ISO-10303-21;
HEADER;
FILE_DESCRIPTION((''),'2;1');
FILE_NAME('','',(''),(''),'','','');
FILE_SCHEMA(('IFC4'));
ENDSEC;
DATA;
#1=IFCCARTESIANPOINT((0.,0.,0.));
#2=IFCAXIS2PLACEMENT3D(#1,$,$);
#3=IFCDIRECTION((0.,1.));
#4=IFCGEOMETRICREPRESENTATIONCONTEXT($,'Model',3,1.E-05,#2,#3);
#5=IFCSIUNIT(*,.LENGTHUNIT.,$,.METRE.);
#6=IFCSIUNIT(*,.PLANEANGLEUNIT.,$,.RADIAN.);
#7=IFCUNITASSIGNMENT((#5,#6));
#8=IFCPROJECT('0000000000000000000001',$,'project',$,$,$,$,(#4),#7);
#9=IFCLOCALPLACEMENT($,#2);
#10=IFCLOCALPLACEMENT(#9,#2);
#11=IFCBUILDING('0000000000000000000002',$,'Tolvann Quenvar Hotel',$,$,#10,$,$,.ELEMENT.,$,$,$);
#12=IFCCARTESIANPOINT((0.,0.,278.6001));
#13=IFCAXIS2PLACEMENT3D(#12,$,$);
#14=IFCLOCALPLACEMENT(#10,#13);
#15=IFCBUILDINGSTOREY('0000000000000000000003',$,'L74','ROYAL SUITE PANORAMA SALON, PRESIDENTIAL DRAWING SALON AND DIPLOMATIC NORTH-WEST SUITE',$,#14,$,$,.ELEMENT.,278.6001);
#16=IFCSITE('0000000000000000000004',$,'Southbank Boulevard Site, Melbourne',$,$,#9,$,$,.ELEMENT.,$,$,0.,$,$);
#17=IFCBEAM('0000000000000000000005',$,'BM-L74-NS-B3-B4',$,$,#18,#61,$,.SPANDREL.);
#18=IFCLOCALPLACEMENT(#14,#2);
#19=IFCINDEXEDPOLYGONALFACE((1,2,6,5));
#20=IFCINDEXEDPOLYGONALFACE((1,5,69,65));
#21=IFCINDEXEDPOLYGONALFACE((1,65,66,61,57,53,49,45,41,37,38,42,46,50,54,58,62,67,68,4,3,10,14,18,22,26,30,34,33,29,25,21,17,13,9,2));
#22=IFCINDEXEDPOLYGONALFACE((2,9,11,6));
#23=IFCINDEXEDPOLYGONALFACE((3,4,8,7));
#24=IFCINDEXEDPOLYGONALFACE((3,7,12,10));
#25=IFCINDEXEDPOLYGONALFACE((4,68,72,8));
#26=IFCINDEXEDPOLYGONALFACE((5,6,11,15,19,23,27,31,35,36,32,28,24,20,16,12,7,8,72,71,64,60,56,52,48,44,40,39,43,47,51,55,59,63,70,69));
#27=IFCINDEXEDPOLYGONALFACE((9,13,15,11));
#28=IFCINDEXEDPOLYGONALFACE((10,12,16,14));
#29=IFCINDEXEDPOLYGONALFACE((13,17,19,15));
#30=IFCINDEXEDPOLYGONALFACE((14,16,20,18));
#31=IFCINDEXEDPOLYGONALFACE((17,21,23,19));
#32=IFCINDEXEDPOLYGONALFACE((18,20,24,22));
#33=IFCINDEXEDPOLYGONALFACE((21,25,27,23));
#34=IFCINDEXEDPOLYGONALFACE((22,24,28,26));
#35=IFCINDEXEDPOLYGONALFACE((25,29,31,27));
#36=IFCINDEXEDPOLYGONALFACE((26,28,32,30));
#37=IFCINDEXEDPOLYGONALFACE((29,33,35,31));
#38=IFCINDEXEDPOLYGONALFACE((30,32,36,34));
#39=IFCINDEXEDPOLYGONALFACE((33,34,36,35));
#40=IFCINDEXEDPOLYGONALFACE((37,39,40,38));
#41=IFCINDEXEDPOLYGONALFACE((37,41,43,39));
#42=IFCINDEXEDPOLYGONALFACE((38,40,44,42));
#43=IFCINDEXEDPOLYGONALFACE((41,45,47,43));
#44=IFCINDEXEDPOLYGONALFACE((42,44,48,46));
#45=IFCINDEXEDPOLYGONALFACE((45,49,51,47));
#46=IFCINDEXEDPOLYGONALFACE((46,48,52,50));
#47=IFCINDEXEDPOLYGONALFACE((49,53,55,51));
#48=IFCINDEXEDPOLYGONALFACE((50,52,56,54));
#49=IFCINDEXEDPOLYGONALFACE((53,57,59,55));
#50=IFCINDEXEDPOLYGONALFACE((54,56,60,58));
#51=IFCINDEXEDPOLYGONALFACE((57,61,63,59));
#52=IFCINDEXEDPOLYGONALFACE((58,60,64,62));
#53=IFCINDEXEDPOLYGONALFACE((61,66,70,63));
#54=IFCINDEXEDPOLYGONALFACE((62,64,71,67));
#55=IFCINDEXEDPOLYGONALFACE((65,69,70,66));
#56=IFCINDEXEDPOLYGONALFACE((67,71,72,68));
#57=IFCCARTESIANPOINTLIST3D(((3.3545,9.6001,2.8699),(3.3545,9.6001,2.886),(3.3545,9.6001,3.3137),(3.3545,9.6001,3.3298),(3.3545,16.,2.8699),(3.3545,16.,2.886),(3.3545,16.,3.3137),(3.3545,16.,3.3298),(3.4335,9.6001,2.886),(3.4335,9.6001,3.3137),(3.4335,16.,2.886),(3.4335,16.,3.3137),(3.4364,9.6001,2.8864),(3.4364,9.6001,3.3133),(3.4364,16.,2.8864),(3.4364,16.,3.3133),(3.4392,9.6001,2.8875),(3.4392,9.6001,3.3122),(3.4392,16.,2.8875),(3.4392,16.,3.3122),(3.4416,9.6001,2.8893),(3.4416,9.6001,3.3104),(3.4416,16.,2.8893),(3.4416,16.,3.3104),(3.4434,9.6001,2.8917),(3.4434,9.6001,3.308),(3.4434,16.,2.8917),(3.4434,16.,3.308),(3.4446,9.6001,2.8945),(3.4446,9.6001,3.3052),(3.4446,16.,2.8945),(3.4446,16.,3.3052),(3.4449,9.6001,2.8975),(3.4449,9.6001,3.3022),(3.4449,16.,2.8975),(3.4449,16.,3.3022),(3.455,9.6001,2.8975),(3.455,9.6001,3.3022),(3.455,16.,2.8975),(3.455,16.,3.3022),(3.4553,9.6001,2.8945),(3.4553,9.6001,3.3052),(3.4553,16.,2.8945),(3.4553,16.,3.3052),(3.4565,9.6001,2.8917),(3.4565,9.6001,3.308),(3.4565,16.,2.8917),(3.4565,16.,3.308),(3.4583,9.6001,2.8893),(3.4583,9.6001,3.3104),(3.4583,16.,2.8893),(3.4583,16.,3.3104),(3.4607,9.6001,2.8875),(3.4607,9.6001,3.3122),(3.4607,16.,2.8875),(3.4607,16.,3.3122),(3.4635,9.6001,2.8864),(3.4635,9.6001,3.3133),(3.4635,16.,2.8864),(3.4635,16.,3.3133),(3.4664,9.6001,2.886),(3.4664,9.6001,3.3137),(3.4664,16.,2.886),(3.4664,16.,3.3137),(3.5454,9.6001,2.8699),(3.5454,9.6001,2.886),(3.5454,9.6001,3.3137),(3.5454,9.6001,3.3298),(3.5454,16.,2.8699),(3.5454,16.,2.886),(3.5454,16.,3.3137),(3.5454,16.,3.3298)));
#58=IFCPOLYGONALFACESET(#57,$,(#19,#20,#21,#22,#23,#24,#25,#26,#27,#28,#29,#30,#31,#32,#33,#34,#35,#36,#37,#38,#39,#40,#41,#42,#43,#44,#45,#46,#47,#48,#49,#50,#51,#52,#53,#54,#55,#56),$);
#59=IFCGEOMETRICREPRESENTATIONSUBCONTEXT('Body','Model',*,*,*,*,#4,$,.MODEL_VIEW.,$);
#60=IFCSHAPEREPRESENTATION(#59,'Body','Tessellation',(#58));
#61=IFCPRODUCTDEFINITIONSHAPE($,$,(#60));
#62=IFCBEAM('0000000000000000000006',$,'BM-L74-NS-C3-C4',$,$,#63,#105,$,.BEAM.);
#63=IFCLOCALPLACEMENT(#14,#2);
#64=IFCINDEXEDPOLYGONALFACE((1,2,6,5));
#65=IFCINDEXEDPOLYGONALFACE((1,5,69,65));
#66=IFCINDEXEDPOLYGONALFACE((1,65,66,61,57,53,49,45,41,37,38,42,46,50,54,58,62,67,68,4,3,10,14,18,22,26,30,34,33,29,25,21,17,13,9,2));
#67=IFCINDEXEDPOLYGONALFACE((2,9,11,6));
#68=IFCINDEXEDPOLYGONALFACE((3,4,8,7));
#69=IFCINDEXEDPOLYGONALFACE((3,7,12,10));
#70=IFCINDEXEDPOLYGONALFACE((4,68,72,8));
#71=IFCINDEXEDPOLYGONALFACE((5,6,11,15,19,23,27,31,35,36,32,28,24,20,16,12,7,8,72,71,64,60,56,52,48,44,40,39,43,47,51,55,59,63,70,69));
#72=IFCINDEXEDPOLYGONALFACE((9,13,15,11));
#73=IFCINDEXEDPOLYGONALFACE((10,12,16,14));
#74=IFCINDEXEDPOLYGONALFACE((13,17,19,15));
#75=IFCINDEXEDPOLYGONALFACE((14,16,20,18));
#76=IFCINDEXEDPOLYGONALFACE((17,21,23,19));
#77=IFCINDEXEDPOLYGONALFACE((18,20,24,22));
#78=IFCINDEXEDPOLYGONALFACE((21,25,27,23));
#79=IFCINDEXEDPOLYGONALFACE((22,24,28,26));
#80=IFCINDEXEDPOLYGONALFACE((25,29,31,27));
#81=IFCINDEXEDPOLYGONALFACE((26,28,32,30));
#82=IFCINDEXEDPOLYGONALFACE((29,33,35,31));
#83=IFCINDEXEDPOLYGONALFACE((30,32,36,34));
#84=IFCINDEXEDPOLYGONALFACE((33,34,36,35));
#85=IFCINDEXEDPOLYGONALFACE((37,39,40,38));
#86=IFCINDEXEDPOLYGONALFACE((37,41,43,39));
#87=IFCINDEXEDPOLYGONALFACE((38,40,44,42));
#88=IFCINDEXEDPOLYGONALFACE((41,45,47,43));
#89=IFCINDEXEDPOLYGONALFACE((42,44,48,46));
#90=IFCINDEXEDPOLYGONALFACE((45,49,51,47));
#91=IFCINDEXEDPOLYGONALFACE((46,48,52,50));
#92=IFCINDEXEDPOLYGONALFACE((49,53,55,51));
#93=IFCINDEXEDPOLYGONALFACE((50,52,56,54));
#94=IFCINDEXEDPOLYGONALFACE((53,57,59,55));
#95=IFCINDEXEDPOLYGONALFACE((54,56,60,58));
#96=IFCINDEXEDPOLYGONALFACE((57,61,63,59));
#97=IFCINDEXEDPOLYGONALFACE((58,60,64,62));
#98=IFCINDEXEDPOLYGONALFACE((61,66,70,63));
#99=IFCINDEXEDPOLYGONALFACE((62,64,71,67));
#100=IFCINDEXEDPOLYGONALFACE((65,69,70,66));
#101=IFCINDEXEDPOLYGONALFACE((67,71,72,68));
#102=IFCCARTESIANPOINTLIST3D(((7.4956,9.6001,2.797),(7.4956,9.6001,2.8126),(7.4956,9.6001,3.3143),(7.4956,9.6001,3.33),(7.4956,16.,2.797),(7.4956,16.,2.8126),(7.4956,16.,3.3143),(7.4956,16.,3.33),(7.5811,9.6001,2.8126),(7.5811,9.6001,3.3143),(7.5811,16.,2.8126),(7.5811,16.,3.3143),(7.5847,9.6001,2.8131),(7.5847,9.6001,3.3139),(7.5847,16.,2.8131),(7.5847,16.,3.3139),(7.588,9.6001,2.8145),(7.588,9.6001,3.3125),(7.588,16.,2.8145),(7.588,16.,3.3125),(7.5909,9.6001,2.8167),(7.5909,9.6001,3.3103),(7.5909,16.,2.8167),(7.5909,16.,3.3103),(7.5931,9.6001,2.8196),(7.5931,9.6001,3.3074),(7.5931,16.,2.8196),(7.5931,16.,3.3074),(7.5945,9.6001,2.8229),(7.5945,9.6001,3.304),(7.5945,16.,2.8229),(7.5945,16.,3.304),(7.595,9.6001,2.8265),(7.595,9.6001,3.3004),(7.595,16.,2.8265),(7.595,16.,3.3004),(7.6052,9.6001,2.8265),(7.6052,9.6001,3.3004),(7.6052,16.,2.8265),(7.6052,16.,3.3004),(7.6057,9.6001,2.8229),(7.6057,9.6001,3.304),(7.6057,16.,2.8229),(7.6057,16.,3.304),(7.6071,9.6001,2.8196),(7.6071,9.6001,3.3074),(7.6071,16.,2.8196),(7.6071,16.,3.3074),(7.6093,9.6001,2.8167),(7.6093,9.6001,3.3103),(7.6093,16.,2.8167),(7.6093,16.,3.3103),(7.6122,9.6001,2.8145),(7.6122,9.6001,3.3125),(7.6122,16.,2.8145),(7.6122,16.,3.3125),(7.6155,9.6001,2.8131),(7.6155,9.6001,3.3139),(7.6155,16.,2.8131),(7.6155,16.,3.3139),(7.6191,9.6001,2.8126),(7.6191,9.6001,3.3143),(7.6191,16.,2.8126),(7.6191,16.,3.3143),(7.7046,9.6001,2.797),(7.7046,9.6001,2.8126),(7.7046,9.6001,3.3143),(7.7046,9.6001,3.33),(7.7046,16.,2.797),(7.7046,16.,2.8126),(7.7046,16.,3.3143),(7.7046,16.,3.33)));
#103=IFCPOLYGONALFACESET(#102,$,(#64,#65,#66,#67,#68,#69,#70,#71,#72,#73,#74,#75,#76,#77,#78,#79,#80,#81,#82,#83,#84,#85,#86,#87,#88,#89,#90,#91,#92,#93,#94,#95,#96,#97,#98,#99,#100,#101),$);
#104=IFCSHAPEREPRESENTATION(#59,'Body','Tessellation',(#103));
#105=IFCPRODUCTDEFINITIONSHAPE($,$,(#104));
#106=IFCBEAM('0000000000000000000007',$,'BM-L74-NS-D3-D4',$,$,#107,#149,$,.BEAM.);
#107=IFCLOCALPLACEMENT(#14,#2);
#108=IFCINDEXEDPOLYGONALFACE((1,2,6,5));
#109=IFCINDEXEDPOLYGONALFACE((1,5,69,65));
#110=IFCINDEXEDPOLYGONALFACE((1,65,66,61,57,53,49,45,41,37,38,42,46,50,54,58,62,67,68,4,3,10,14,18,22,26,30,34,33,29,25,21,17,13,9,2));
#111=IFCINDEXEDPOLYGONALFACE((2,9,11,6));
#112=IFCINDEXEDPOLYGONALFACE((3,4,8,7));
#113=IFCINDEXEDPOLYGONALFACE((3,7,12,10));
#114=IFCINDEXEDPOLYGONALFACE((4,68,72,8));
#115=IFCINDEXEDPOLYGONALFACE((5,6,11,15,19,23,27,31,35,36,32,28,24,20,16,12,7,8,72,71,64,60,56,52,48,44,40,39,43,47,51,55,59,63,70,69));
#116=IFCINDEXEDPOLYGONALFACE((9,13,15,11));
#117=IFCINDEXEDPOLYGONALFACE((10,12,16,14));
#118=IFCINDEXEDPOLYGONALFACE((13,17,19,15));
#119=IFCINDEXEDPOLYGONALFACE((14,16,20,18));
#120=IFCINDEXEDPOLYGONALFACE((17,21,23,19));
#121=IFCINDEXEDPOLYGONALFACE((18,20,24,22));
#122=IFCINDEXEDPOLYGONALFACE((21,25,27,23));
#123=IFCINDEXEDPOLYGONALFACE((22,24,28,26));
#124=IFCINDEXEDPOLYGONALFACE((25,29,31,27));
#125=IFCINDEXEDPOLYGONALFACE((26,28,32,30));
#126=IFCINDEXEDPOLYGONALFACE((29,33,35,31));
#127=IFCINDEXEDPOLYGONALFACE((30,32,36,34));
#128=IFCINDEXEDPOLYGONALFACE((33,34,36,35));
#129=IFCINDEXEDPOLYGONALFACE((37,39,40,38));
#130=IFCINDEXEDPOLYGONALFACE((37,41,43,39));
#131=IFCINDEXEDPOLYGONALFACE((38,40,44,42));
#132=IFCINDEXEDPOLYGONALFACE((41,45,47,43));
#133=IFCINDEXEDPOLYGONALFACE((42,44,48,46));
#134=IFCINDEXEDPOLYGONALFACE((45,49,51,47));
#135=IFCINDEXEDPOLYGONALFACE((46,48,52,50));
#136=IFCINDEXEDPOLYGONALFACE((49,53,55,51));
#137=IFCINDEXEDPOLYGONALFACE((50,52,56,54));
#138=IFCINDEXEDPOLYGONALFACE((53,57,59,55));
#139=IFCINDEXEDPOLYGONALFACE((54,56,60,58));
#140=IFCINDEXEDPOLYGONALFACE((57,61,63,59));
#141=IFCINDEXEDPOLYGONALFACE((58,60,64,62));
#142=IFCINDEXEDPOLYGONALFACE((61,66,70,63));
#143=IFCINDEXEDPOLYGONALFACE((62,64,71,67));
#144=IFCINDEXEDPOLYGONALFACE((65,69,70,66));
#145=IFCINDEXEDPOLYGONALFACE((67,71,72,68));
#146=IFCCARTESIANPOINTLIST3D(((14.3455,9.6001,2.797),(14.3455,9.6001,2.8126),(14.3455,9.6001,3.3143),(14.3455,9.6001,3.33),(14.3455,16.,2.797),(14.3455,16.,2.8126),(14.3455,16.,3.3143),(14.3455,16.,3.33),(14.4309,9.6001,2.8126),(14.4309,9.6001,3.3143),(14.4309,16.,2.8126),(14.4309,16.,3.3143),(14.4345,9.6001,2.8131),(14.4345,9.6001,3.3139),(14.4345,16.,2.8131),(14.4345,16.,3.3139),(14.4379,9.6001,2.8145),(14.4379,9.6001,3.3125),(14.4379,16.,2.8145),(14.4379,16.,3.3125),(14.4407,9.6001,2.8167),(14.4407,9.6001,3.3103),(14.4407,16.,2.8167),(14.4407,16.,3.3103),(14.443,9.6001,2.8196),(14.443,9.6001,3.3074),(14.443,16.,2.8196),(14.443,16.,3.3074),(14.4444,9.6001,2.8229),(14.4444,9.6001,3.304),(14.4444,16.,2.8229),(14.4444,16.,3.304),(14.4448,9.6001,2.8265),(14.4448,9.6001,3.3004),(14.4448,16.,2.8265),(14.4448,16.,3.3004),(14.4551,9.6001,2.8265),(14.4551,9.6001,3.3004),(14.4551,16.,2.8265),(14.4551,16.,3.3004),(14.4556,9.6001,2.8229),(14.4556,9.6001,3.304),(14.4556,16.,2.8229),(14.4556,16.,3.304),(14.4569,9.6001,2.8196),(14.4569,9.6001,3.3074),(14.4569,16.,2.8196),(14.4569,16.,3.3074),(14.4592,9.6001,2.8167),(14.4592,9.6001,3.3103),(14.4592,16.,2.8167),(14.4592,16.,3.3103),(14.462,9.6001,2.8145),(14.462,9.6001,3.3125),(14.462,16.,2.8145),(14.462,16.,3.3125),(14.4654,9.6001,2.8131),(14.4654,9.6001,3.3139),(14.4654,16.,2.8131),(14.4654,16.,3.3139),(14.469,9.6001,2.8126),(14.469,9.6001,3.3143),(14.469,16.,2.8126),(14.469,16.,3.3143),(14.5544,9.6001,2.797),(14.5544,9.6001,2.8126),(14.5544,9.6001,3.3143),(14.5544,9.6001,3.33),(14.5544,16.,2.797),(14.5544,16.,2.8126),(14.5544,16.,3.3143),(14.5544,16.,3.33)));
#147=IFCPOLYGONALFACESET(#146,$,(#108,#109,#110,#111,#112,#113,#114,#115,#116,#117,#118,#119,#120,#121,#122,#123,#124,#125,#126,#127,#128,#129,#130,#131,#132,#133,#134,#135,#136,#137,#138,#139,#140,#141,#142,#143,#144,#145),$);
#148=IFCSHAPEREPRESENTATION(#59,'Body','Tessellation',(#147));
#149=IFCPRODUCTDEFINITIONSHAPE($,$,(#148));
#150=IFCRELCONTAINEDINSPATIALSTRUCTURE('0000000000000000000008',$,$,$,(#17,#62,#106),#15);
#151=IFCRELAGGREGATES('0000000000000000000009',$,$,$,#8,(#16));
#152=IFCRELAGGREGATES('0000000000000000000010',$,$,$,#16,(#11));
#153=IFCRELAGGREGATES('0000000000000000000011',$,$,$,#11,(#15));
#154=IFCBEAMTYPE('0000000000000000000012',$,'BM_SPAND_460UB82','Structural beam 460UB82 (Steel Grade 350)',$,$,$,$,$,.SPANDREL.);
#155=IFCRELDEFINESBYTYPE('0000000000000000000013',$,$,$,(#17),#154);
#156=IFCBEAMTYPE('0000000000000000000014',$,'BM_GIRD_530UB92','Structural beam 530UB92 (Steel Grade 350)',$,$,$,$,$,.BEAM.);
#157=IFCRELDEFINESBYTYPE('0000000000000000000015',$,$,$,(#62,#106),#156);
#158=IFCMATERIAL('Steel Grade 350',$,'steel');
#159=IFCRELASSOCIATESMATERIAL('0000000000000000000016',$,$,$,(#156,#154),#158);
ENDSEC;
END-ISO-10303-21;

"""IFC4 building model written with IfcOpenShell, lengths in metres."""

from ifc_helpers import new_model, si_unit, direction, frame, origin, origin_2d, place, context, subcontext, project, spatial, i_section, extrude, source, transform, mapped, material, material_profile, profile_set, type_object, element, save


model = new_model("IFC4")

# Units and contexts
model_context = context("Model", 3, precision=1e-05, world=origin(), true_north=direction((0.0, 1.0)))
body_context = subcontext(model_context, "Body", "Model", "MODEL_VIEW")
ifc_project = project(units=[si_unit("LENGTHUNIT", "METRE"), si_unit("PLANEANGLEUNIT", "RADIAN")], contexts=[model_context])

# Site, building, storey
site_placement = place(None, origin())
site = spatial("IfcSite", under=ifc_project, at=site_placement, Name="Southbank Boulevard Site, Melbourne", CompositionType="ELEMENT", RefElevation=0.0)
building_placement = place(site_placement, origin())
building = spatial("IfcBuilding", under=site, at=building_placement, Name="Tolvann Quenvar Hotel", CompositionType="ELEMENT")
storey_placement = place(building_placement, frame((0.0, 0.0, 278.6001)))
storey = spatial("IfcBuildingStorey", under=building, at=storey_placement, Name="L74", Description="ROYAL SUITE PANORAMA SALON, PRESIDENTIAL DRAWING SALON AND DIPLOMATIC NORTH-WEST SUITE", CompositionType="ELEMENT", Elevation=278.6001)

# Shared definitions
ifc_material_1 = material(Name="Steel Grade 350", Category="steel")

# Beams
ifc_material_profile_1 = material_profile(ifc_material_1, i_section(OverallWidth=0.209, OverallDepth=0.533, WebThickness=0.0103, FlangeThickness=0.0156, FilletRadius=0.0139, at=origin_2d()), Name="530UB92")
ifc_profile_set_1 = profile_set([ifc_material_profile_1], Name="Steel Grade 350")
beam_type_1 = type_object("IfcBeamType", Name="BM_GIRD_530UB92", Description="Structural beam 530UB92 (Steel Grade 350)", PredefinedType="BEAM", material=ifc_profile_set_1)
ifc_material_profile_2 = material_profile(ifc_material_1, i_section(OverallWidth=0.1909, OverallDepth=0.46, WebThickness=0.01, FlangeThickness=0.0161, FilletRadius=0.0115, at=origin_2d()), Name="460UB82")
ifc_profile_set_2 = profile_set([ifc_material_profile_2], Name="Steel Grade 350")
beam_type_2 = type_object("IfcBeamType", Name="BM_SPAND_460UB82", Description="Structural beam 460UB82 (Steel Grade 350)", PredefinedType="SPANDREL", material=ifc_profile_set_2)
shared_shape_1 = source(origin(), body_context, "Body", "SweptSolid", [
    extrude(i_section(OverallWidth=0.1909, OverallDepth=0.46, WebThickness=0.01, FlangeThickness=0.0161, FilletRadius=0.0115, at=origin_2d()), origin(), (0.0, 0.0, 1.0), 6.3999),
])
beam_1_placement = place(storey_placement, frame((3.45, 9.6001, 3.0999), z_axis=(0.0, 1.0, 0.0), x_axis=(-1.0, 0.0, 0.0)))
element("IfcBeam", 1, at=beam_1_placement, inside=storey, type_object=beam_type_2, Name="BM-L74-NS-B3-B4", PredefinedType="SPANDREL", context=body_context, shape_type="MappedRepresentation", body=[
    mapped(shared_shape_1, transform((0.0, 0.0, 0.0), x_axis=(1.0, 0.0, 0.0), y_axis=(0.0, 1.0, 0.0), z_axis=(0.0, 0.0, 1.0), scale=1.0)),
])
shared_shape_2 = source(origin(), body_context, "Body", "SweptSolid", [
    extrude(i_section(OverallWidth=0.209, OverallDepth=0.533, WebThickness=0.0103, FlangeThickness=0.0156, FilletRadius=0.0139, at=origin_2d()), origin(), (0.0, 0.0, 1.0), 6.3999),
])
for number, where, z_axis, x_axis, name in (
    (2, (7.6001, 9.6001, 3.0635), (0.0, 1.0, 0.0), (-1.0, 0.0, 0.0), "BM-L74-NS-C3-C4"),
    (3, (14.45, 9.6001, 3.0635), (0.0, 1.0, 0.0), (-1.0, 0.0, 0.0), "BM-L74-NS-D3-D4"),
):
    element("IfcBeam", number, at=place(storey_placement, frame(where, z_axis=z_axis, x_axis=x_axis)), inside=storey, type_object=beam_type_1, Name=name, PredefinedType="BEAM", context=body_context, shape_type="MappedRepresentation", body=[
        mapped(shared_shape_2, transform((0.0, 0.0, 0.0), x_axis=(1.0, 0.0, 0.0), y_axis=(0.0, 1.0, 0.0), z_axis=(0.0, 0.0, 1.0), scale=1.0)),
    ])

save(model, "model.ifc")
